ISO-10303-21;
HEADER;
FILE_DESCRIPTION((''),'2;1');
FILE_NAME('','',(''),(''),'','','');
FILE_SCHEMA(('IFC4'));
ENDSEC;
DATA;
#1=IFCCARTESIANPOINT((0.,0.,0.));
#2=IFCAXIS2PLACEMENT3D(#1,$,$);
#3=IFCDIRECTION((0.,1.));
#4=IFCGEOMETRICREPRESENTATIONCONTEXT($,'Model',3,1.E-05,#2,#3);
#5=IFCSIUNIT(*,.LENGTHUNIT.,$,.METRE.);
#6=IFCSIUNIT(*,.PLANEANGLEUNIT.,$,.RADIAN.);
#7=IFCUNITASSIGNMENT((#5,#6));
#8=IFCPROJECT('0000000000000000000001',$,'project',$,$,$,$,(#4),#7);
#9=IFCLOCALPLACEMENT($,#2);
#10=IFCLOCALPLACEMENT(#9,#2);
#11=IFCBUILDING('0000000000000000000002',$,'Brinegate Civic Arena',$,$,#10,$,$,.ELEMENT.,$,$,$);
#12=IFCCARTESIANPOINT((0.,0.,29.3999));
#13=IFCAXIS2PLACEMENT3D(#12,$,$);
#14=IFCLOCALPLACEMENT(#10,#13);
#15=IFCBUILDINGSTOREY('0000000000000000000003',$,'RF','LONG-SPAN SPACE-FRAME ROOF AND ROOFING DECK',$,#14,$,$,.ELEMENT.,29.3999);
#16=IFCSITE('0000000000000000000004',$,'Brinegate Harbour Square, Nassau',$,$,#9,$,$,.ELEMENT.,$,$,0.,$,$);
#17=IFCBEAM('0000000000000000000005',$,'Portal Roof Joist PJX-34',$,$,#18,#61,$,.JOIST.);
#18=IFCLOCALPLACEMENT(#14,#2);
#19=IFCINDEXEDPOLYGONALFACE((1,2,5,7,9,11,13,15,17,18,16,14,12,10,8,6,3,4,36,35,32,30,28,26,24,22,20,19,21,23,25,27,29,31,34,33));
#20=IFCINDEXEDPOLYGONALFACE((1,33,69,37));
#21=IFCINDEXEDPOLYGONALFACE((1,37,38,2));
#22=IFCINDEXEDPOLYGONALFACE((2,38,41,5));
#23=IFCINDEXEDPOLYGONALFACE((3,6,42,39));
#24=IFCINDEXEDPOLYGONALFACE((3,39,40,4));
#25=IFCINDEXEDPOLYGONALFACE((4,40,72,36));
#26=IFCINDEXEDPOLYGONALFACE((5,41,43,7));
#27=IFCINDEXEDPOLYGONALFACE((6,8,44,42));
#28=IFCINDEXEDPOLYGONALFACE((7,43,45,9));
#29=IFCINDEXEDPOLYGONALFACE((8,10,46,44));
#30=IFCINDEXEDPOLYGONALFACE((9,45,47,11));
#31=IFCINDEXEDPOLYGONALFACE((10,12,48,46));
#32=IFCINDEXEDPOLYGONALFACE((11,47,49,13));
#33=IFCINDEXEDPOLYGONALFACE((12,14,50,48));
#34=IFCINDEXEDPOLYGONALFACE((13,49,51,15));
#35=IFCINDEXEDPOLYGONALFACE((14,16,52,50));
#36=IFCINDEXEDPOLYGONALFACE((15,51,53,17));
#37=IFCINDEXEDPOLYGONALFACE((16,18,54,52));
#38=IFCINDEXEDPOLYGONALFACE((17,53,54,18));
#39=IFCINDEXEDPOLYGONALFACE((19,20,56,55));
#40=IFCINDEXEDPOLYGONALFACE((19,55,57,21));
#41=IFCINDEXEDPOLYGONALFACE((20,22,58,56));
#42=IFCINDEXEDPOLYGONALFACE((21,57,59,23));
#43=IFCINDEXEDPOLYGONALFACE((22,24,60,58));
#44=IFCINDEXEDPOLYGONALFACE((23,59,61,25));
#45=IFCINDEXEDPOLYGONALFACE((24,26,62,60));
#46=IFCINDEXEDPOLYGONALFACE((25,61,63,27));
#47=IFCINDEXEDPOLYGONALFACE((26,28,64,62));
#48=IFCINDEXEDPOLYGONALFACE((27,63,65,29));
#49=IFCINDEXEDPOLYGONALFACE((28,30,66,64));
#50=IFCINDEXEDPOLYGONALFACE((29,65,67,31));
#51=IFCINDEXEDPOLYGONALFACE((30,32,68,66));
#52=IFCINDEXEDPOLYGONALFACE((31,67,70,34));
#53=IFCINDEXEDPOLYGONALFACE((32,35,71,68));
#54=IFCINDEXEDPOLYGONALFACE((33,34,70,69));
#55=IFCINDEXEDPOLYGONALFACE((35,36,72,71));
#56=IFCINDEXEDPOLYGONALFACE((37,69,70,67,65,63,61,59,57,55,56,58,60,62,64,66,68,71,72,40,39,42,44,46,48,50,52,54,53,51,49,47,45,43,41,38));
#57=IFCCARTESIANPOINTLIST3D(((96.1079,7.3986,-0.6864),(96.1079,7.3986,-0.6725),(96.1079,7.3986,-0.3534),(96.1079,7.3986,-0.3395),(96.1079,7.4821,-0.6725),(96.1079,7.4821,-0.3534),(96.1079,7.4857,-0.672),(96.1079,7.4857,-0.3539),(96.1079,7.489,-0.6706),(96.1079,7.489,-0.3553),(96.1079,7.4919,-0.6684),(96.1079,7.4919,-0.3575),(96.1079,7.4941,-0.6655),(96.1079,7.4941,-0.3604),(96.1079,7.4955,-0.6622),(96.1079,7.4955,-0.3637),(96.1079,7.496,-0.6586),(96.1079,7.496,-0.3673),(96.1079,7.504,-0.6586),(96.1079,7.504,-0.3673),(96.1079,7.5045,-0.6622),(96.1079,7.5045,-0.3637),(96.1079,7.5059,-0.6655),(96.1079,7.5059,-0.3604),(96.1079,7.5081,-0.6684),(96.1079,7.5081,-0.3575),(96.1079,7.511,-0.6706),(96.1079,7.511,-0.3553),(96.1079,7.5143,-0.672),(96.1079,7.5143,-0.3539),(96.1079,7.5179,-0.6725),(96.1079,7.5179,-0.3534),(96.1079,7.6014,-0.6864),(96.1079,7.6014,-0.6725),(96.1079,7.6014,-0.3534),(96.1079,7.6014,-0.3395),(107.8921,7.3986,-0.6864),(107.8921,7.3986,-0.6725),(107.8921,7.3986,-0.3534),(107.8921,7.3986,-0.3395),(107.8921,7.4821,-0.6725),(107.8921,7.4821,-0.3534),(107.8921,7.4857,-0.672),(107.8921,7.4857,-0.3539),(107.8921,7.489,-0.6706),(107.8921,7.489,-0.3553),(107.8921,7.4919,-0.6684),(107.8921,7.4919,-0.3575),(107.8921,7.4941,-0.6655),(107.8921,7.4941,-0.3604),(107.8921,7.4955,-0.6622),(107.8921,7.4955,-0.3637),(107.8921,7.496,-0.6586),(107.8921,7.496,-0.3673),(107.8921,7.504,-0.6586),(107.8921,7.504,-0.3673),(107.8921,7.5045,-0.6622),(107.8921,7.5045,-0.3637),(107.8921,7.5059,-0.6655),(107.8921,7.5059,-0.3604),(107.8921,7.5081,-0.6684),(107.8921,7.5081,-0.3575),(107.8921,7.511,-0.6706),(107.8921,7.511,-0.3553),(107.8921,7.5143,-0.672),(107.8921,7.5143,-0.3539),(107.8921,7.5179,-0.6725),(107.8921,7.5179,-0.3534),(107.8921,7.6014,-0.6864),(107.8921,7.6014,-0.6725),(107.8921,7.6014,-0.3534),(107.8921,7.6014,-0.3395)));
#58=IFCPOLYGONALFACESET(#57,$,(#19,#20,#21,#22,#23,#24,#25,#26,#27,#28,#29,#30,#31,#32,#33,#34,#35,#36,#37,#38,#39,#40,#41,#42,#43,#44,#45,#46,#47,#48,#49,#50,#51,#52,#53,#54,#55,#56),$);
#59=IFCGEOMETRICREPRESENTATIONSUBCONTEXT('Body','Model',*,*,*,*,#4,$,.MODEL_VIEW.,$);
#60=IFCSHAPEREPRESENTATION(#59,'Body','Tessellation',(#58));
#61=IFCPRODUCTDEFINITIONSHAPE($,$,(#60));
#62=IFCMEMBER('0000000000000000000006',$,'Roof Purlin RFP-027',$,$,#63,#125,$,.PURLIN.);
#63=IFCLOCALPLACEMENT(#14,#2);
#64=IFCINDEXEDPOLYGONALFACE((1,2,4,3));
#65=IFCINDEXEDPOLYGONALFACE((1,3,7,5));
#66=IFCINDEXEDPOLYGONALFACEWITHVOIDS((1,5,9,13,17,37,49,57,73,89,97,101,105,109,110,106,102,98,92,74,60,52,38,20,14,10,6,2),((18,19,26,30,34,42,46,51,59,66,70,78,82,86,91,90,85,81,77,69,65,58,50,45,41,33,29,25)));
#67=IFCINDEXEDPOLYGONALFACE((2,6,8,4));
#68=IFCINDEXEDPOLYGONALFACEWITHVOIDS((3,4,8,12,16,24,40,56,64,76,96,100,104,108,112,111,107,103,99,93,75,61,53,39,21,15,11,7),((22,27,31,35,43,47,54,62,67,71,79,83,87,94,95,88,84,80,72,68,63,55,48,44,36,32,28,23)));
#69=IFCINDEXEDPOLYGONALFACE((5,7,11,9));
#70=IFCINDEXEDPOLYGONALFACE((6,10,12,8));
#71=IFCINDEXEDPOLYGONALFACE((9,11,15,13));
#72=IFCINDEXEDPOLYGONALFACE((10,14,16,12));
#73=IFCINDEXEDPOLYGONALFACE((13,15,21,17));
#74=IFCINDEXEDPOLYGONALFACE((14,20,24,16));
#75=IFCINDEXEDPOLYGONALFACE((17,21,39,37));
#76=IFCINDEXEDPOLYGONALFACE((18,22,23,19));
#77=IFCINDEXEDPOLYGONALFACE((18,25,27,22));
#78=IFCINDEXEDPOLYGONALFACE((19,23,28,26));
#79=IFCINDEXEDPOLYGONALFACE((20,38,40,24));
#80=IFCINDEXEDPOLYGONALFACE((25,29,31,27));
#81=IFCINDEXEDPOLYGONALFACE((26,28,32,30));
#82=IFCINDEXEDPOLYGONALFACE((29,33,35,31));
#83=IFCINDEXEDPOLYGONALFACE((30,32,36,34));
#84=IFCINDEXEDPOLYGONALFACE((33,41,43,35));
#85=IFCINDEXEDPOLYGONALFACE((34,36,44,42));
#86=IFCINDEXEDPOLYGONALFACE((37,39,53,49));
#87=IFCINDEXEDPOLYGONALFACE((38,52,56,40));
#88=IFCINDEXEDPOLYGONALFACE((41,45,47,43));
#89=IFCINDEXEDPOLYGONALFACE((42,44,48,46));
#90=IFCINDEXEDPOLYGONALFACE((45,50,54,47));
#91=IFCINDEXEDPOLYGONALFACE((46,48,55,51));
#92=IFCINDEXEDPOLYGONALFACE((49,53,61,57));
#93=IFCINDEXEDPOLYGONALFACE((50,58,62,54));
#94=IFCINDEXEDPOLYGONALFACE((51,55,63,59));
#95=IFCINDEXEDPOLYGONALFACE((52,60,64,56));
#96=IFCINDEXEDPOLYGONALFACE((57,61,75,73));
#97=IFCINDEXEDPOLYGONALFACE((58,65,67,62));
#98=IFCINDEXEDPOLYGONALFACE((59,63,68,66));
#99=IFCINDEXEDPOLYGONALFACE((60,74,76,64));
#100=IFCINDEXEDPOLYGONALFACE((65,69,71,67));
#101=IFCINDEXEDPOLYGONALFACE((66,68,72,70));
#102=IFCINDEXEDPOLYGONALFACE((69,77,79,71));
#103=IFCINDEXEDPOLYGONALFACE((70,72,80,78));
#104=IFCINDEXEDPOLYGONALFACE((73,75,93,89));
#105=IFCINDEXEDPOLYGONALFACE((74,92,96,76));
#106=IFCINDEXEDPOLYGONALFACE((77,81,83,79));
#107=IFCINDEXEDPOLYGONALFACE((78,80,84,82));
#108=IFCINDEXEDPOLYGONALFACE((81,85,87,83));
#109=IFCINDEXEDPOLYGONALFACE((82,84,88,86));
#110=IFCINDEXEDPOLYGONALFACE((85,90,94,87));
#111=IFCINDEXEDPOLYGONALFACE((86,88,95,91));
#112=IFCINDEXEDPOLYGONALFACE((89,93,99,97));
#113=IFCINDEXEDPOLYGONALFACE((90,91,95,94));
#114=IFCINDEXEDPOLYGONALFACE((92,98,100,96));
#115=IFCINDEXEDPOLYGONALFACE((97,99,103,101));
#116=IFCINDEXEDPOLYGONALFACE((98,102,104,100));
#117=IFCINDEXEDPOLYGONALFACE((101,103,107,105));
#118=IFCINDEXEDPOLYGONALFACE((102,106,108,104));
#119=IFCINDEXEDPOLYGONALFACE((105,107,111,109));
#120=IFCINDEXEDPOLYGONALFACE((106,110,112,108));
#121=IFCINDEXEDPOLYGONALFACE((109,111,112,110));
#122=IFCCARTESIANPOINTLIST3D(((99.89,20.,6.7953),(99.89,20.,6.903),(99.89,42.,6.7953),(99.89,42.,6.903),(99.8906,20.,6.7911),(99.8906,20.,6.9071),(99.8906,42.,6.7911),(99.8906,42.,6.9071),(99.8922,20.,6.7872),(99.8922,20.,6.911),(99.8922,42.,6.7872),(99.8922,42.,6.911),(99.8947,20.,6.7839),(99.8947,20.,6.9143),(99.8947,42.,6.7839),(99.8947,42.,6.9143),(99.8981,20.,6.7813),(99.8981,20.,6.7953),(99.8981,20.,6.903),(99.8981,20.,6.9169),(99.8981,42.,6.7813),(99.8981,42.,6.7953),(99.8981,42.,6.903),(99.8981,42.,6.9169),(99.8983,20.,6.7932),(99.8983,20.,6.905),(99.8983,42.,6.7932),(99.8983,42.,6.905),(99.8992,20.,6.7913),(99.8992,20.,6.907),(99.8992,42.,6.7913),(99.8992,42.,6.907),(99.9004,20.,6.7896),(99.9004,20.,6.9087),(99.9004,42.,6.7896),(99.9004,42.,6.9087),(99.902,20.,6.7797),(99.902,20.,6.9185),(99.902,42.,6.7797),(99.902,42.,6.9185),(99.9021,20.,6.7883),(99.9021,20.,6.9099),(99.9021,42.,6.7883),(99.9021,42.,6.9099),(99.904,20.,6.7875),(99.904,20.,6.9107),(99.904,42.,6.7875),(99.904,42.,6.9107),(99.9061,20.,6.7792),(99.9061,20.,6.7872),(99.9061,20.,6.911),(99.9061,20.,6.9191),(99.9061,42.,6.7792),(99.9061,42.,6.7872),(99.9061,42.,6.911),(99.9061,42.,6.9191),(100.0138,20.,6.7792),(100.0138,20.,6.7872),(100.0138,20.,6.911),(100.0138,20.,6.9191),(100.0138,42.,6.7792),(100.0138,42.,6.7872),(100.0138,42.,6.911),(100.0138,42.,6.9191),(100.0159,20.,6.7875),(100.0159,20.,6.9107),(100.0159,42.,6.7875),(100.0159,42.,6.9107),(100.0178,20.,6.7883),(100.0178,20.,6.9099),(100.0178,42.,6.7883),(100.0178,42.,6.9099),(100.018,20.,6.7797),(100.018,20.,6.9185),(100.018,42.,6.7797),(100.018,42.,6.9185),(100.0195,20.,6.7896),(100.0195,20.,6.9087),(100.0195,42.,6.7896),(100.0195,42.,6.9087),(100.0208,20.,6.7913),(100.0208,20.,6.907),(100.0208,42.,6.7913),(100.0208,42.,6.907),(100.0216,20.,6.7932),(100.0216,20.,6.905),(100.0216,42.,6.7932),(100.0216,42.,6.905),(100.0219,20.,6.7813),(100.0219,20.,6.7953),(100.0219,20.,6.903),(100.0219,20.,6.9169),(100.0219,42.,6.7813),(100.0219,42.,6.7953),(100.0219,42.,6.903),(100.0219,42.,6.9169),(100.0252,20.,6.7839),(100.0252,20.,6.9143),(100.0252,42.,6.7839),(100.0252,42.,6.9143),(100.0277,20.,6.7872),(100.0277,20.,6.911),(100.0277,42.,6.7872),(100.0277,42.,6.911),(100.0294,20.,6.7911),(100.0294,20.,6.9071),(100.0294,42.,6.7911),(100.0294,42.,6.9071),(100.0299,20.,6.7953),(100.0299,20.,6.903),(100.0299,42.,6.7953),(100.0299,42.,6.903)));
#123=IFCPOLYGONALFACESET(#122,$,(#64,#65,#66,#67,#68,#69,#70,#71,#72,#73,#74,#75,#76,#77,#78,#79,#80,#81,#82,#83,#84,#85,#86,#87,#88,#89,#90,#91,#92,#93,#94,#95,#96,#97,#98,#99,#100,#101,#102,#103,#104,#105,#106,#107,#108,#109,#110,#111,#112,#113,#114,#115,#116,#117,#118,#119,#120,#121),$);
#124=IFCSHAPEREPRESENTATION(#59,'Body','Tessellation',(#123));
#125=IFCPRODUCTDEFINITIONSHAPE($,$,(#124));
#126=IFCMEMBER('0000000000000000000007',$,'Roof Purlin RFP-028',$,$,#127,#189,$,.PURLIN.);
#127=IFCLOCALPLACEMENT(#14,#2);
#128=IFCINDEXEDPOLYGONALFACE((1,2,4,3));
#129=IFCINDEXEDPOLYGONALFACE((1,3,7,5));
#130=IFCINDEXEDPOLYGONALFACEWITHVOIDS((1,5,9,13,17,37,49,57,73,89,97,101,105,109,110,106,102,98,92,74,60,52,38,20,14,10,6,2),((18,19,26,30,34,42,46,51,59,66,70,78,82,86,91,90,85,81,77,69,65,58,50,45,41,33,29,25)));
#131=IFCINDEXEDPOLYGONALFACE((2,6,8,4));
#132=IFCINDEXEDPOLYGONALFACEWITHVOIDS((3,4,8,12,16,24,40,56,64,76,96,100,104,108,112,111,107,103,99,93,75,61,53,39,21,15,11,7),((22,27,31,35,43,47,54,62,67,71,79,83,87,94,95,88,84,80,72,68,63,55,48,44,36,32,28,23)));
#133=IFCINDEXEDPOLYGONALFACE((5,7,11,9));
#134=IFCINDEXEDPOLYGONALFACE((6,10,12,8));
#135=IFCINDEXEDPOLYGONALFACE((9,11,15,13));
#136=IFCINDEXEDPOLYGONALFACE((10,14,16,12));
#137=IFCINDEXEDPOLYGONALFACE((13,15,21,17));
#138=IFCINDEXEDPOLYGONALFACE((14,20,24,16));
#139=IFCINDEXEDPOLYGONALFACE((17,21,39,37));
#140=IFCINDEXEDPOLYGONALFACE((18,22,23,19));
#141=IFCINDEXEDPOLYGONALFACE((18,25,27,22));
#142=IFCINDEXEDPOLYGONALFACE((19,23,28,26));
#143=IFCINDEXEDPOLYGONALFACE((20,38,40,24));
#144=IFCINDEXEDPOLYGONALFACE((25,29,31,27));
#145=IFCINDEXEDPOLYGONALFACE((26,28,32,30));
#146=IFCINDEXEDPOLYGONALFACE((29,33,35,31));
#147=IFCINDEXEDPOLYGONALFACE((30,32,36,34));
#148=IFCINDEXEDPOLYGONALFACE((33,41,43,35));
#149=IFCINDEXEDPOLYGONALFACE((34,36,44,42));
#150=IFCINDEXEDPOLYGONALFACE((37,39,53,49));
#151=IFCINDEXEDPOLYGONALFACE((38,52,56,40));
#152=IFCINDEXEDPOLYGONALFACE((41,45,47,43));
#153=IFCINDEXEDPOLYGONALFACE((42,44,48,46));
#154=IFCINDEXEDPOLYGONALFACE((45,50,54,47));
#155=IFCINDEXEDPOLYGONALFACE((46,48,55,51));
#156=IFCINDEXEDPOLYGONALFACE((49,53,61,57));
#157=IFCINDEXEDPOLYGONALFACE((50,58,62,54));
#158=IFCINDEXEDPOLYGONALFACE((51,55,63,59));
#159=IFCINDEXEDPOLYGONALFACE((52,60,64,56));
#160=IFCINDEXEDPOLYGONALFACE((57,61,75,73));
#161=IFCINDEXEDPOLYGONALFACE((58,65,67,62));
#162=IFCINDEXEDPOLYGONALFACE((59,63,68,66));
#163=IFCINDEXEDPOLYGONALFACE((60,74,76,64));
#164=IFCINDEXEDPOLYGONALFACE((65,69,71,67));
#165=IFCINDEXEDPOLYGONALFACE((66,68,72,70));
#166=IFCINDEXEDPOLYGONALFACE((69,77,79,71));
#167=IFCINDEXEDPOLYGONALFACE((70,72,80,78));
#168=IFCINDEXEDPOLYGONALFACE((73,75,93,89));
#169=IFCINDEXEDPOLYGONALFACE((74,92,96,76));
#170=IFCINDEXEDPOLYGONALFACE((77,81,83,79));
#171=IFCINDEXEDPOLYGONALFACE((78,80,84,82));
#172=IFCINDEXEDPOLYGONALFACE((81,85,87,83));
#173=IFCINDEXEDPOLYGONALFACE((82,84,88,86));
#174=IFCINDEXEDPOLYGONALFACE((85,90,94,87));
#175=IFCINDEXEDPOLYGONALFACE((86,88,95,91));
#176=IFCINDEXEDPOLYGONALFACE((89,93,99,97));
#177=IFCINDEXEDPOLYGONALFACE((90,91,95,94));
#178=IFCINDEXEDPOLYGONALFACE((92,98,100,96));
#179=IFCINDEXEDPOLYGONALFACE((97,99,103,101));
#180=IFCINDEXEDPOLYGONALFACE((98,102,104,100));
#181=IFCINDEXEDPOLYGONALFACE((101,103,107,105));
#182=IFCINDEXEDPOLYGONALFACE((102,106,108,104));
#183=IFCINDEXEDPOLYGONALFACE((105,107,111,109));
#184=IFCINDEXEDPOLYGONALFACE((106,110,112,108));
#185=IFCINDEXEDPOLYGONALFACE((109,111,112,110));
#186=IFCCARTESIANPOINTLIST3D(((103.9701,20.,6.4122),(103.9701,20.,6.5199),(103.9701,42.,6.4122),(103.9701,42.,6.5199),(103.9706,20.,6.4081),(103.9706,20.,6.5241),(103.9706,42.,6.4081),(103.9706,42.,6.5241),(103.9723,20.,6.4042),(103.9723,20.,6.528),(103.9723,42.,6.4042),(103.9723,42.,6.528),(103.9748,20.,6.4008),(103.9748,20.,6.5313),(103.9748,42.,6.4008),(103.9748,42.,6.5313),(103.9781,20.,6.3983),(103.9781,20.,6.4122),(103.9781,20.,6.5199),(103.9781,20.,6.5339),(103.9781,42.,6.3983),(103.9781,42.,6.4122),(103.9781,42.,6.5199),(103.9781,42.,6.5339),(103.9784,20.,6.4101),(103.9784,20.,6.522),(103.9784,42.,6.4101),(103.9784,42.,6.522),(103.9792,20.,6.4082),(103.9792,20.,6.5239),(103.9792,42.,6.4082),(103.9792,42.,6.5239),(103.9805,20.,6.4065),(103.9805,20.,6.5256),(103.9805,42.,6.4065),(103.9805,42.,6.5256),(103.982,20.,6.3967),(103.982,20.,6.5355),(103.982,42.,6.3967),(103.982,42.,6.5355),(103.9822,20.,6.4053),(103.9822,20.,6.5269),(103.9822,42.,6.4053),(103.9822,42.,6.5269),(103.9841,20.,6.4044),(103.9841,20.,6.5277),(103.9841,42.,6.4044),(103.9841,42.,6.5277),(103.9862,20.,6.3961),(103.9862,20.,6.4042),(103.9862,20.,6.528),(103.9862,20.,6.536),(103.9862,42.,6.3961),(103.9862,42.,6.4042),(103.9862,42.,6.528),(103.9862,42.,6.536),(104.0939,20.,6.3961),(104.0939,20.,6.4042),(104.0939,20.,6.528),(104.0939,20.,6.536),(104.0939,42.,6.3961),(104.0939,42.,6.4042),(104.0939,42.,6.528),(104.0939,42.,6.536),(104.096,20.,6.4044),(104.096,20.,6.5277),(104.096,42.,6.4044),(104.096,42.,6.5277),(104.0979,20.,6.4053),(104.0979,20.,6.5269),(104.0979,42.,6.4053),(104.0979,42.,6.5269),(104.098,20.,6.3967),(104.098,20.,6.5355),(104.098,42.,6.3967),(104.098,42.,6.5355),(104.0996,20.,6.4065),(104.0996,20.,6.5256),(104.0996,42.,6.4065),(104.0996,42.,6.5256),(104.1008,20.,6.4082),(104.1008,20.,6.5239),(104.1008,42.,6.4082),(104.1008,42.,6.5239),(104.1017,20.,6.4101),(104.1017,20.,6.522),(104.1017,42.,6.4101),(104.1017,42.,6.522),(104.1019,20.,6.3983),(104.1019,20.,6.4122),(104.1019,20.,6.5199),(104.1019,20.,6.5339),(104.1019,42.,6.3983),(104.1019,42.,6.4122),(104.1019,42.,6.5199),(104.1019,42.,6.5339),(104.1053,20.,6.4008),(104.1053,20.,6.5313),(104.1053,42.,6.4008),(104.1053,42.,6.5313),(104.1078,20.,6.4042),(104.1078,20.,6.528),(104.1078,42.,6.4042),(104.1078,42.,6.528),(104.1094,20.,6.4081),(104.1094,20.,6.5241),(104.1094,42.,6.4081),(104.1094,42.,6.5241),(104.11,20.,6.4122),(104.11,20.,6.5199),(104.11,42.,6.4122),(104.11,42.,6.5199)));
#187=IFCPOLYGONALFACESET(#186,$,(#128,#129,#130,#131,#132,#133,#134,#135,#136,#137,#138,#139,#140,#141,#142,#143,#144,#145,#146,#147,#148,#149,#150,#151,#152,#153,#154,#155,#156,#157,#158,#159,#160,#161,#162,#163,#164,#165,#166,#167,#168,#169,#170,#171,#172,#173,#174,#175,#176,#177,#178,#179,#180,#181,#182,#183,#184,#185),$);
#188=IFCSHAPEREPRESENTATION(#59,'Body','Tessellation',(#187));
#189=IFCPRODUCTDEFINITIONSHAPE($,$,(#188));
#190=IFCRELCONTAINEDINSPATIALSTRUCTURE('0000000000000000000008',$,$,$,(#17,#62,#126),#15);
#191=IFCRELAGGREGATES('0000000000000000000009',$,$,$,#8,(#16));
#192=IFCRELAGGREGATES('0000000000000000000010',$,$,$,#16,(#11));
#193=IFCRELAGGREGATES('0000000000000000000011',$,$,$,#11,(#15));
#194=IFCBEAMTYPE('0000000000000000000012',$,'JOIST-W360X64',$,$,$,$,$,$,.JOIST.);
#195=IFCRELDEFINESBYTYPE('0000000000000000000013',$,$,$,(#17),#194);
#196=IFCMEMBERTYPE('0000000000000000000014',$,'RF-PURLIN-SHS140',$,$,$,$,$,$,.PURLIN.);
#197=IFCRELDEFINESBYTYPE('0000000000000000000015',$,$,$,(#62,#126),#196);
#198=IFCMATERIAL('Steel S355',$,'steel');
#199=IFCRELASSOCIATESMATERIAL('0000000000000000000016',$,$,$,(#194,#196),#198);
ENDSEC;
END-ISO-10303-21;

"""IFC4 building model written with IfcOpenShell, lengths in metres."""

from ifc_helpers import new_model, si_unit, direction, frame, origin, origin_2d, place, context, subcontext, project, spatial, hollow_rectangle, i_section, extrude, material, material_profile, profile_set, type_object, element, save


model = new_model("IFC4")

# Units and contexts
model_context = context("Model", 3, precision=1e-05, world=origin(), true_north=direction((0.0, 1.0)))
body_context = subcontext(model_context, "Body", "Model", "MODEL_VIEW")
ifc_project = project(units=[si_unit("LENGTHUNIT", "METRE"), si_unit("PLANEANGLEUNIT", "RADIAN")], contexts=[model_context])

# Site, building, storey
site_placement = place(None, origin())
site = spatial("IfcSite", under=ifc_project, at=site_placement, Name="Brinegate Harbour Square, Nassau", CompositionType="ELEMENT", RefElevation=0.0)
building_placement = place(site_placement, origin())
building = spatial("IfcBuilding", under=site, at=building_placement, Name="Brinegate Civic Arena", CompositionType="ELEMENT")
storey_placement = place(building_placement, frame((0.0, 0.0, 29.3999)))
storey = spatial("IfcBuildingStorey", under=building, at=storey_placement, Name="RF", Description="LONG-SPAN SPACE-FRAME ROOF AND ROOFING DECK", CompositionType="ELEMENT", Elevation=29.3999)

# Beam
ifc_material_1 = material(Name="Steel S355", Category="steel")
ifc_material_profile_1 = material_profile(ifc_material_1, i_section(OverallWidth=0.2029, OverallDepth=0.3469, WebThickness=0.0081, FlangeThickness=0.0139, FilletRadius=0.0139, at=origin_2d()), Name="W360X64")
ifc_profile_set_1 = profile_set([ifc_material_profile_1], Name="Steel S355")
beam_type_1 = type_object("IfcBeamType", Name="JOIST-W360X64", PredefinedType="JOIST", material=ifc_profile_set_1)
for number, where, z_axis, x_axis, name in (
    (1, (96.1079, 7.5, -0.5129), (1.0, 0.0, 0.0), (0.0, 1.0, 0.0), "Portal Roof Joist PJX-34"),
):
    element("IfcBeam", number, at=place(storey_placement, frame(where, z_axis=z_axis, x_axis=x_axis)), inside=storey, type_object=beam_type_1, Name=name, PredefinedType="JOIST", context=body_context, shape_type="SweptSolid", body=[
        extrude(i_section(OverallWidth=0.2029, OverallDepth=0.3469, WebThickness=0.0081, FlangeThickness=0.0139, FilletRadius=0.0139, at=origin_2d()), origin(), (0.0, 0.0, 1.0), 11.7842),
    ])

# Members
ifc_material_profile_2 = material_profile(ifc_material_1, hollow_rectangle(XDim=0.1399, YDim=0.1399, WallThickness=0.0081, InnerFilletRadius=0.0081, OuterFilletRadius=0.0161, at=origin_2d()), Name="SHS140X8")
ifc_profile_set_2 = profile_set([ifc_material_profile_2], Name="Steel S355")
member_type_1 = type_object("IfcMemberType", Name="RF-PURLIN-SHS140", PredefinedType="PURLIN", material=ifc_profile_set_2)
for number, where, z_axis, x_axis, name in (
    (2, (99.96, 20.0, 6.8491), (0.0, 1.0, 0.0), (-1.0, 0.0, 0.0), "Roof Purlin RFP-027"),
    (3, (104.04, 20.0, 6.4661), (0.0, 1.0, 0.0), (-1.0, 0.0, 0.0), "Roof Purlin RFP-028"),
):
    element("IfcMember", number, at=place(storey_placement, frame(where, z_axis=z_axis, x_axis=x_axis)), inside=storey, type_object=member_type_1, Name=name, PredefinedType="PURLIN", context=body_context, shape_type="SweptSolid", body=[
        extrude(hollow_rectangle(XDim=0.1399, YDim=0.1399, WallThickness=0.0081, InnerFilletRadius=0.0081, OuterFilletRadius=0.0161, at=origin_2d()), origin(), (0.0, 0.0, 1.0), 22.0),
    ])

save(model, "model.ifc")
